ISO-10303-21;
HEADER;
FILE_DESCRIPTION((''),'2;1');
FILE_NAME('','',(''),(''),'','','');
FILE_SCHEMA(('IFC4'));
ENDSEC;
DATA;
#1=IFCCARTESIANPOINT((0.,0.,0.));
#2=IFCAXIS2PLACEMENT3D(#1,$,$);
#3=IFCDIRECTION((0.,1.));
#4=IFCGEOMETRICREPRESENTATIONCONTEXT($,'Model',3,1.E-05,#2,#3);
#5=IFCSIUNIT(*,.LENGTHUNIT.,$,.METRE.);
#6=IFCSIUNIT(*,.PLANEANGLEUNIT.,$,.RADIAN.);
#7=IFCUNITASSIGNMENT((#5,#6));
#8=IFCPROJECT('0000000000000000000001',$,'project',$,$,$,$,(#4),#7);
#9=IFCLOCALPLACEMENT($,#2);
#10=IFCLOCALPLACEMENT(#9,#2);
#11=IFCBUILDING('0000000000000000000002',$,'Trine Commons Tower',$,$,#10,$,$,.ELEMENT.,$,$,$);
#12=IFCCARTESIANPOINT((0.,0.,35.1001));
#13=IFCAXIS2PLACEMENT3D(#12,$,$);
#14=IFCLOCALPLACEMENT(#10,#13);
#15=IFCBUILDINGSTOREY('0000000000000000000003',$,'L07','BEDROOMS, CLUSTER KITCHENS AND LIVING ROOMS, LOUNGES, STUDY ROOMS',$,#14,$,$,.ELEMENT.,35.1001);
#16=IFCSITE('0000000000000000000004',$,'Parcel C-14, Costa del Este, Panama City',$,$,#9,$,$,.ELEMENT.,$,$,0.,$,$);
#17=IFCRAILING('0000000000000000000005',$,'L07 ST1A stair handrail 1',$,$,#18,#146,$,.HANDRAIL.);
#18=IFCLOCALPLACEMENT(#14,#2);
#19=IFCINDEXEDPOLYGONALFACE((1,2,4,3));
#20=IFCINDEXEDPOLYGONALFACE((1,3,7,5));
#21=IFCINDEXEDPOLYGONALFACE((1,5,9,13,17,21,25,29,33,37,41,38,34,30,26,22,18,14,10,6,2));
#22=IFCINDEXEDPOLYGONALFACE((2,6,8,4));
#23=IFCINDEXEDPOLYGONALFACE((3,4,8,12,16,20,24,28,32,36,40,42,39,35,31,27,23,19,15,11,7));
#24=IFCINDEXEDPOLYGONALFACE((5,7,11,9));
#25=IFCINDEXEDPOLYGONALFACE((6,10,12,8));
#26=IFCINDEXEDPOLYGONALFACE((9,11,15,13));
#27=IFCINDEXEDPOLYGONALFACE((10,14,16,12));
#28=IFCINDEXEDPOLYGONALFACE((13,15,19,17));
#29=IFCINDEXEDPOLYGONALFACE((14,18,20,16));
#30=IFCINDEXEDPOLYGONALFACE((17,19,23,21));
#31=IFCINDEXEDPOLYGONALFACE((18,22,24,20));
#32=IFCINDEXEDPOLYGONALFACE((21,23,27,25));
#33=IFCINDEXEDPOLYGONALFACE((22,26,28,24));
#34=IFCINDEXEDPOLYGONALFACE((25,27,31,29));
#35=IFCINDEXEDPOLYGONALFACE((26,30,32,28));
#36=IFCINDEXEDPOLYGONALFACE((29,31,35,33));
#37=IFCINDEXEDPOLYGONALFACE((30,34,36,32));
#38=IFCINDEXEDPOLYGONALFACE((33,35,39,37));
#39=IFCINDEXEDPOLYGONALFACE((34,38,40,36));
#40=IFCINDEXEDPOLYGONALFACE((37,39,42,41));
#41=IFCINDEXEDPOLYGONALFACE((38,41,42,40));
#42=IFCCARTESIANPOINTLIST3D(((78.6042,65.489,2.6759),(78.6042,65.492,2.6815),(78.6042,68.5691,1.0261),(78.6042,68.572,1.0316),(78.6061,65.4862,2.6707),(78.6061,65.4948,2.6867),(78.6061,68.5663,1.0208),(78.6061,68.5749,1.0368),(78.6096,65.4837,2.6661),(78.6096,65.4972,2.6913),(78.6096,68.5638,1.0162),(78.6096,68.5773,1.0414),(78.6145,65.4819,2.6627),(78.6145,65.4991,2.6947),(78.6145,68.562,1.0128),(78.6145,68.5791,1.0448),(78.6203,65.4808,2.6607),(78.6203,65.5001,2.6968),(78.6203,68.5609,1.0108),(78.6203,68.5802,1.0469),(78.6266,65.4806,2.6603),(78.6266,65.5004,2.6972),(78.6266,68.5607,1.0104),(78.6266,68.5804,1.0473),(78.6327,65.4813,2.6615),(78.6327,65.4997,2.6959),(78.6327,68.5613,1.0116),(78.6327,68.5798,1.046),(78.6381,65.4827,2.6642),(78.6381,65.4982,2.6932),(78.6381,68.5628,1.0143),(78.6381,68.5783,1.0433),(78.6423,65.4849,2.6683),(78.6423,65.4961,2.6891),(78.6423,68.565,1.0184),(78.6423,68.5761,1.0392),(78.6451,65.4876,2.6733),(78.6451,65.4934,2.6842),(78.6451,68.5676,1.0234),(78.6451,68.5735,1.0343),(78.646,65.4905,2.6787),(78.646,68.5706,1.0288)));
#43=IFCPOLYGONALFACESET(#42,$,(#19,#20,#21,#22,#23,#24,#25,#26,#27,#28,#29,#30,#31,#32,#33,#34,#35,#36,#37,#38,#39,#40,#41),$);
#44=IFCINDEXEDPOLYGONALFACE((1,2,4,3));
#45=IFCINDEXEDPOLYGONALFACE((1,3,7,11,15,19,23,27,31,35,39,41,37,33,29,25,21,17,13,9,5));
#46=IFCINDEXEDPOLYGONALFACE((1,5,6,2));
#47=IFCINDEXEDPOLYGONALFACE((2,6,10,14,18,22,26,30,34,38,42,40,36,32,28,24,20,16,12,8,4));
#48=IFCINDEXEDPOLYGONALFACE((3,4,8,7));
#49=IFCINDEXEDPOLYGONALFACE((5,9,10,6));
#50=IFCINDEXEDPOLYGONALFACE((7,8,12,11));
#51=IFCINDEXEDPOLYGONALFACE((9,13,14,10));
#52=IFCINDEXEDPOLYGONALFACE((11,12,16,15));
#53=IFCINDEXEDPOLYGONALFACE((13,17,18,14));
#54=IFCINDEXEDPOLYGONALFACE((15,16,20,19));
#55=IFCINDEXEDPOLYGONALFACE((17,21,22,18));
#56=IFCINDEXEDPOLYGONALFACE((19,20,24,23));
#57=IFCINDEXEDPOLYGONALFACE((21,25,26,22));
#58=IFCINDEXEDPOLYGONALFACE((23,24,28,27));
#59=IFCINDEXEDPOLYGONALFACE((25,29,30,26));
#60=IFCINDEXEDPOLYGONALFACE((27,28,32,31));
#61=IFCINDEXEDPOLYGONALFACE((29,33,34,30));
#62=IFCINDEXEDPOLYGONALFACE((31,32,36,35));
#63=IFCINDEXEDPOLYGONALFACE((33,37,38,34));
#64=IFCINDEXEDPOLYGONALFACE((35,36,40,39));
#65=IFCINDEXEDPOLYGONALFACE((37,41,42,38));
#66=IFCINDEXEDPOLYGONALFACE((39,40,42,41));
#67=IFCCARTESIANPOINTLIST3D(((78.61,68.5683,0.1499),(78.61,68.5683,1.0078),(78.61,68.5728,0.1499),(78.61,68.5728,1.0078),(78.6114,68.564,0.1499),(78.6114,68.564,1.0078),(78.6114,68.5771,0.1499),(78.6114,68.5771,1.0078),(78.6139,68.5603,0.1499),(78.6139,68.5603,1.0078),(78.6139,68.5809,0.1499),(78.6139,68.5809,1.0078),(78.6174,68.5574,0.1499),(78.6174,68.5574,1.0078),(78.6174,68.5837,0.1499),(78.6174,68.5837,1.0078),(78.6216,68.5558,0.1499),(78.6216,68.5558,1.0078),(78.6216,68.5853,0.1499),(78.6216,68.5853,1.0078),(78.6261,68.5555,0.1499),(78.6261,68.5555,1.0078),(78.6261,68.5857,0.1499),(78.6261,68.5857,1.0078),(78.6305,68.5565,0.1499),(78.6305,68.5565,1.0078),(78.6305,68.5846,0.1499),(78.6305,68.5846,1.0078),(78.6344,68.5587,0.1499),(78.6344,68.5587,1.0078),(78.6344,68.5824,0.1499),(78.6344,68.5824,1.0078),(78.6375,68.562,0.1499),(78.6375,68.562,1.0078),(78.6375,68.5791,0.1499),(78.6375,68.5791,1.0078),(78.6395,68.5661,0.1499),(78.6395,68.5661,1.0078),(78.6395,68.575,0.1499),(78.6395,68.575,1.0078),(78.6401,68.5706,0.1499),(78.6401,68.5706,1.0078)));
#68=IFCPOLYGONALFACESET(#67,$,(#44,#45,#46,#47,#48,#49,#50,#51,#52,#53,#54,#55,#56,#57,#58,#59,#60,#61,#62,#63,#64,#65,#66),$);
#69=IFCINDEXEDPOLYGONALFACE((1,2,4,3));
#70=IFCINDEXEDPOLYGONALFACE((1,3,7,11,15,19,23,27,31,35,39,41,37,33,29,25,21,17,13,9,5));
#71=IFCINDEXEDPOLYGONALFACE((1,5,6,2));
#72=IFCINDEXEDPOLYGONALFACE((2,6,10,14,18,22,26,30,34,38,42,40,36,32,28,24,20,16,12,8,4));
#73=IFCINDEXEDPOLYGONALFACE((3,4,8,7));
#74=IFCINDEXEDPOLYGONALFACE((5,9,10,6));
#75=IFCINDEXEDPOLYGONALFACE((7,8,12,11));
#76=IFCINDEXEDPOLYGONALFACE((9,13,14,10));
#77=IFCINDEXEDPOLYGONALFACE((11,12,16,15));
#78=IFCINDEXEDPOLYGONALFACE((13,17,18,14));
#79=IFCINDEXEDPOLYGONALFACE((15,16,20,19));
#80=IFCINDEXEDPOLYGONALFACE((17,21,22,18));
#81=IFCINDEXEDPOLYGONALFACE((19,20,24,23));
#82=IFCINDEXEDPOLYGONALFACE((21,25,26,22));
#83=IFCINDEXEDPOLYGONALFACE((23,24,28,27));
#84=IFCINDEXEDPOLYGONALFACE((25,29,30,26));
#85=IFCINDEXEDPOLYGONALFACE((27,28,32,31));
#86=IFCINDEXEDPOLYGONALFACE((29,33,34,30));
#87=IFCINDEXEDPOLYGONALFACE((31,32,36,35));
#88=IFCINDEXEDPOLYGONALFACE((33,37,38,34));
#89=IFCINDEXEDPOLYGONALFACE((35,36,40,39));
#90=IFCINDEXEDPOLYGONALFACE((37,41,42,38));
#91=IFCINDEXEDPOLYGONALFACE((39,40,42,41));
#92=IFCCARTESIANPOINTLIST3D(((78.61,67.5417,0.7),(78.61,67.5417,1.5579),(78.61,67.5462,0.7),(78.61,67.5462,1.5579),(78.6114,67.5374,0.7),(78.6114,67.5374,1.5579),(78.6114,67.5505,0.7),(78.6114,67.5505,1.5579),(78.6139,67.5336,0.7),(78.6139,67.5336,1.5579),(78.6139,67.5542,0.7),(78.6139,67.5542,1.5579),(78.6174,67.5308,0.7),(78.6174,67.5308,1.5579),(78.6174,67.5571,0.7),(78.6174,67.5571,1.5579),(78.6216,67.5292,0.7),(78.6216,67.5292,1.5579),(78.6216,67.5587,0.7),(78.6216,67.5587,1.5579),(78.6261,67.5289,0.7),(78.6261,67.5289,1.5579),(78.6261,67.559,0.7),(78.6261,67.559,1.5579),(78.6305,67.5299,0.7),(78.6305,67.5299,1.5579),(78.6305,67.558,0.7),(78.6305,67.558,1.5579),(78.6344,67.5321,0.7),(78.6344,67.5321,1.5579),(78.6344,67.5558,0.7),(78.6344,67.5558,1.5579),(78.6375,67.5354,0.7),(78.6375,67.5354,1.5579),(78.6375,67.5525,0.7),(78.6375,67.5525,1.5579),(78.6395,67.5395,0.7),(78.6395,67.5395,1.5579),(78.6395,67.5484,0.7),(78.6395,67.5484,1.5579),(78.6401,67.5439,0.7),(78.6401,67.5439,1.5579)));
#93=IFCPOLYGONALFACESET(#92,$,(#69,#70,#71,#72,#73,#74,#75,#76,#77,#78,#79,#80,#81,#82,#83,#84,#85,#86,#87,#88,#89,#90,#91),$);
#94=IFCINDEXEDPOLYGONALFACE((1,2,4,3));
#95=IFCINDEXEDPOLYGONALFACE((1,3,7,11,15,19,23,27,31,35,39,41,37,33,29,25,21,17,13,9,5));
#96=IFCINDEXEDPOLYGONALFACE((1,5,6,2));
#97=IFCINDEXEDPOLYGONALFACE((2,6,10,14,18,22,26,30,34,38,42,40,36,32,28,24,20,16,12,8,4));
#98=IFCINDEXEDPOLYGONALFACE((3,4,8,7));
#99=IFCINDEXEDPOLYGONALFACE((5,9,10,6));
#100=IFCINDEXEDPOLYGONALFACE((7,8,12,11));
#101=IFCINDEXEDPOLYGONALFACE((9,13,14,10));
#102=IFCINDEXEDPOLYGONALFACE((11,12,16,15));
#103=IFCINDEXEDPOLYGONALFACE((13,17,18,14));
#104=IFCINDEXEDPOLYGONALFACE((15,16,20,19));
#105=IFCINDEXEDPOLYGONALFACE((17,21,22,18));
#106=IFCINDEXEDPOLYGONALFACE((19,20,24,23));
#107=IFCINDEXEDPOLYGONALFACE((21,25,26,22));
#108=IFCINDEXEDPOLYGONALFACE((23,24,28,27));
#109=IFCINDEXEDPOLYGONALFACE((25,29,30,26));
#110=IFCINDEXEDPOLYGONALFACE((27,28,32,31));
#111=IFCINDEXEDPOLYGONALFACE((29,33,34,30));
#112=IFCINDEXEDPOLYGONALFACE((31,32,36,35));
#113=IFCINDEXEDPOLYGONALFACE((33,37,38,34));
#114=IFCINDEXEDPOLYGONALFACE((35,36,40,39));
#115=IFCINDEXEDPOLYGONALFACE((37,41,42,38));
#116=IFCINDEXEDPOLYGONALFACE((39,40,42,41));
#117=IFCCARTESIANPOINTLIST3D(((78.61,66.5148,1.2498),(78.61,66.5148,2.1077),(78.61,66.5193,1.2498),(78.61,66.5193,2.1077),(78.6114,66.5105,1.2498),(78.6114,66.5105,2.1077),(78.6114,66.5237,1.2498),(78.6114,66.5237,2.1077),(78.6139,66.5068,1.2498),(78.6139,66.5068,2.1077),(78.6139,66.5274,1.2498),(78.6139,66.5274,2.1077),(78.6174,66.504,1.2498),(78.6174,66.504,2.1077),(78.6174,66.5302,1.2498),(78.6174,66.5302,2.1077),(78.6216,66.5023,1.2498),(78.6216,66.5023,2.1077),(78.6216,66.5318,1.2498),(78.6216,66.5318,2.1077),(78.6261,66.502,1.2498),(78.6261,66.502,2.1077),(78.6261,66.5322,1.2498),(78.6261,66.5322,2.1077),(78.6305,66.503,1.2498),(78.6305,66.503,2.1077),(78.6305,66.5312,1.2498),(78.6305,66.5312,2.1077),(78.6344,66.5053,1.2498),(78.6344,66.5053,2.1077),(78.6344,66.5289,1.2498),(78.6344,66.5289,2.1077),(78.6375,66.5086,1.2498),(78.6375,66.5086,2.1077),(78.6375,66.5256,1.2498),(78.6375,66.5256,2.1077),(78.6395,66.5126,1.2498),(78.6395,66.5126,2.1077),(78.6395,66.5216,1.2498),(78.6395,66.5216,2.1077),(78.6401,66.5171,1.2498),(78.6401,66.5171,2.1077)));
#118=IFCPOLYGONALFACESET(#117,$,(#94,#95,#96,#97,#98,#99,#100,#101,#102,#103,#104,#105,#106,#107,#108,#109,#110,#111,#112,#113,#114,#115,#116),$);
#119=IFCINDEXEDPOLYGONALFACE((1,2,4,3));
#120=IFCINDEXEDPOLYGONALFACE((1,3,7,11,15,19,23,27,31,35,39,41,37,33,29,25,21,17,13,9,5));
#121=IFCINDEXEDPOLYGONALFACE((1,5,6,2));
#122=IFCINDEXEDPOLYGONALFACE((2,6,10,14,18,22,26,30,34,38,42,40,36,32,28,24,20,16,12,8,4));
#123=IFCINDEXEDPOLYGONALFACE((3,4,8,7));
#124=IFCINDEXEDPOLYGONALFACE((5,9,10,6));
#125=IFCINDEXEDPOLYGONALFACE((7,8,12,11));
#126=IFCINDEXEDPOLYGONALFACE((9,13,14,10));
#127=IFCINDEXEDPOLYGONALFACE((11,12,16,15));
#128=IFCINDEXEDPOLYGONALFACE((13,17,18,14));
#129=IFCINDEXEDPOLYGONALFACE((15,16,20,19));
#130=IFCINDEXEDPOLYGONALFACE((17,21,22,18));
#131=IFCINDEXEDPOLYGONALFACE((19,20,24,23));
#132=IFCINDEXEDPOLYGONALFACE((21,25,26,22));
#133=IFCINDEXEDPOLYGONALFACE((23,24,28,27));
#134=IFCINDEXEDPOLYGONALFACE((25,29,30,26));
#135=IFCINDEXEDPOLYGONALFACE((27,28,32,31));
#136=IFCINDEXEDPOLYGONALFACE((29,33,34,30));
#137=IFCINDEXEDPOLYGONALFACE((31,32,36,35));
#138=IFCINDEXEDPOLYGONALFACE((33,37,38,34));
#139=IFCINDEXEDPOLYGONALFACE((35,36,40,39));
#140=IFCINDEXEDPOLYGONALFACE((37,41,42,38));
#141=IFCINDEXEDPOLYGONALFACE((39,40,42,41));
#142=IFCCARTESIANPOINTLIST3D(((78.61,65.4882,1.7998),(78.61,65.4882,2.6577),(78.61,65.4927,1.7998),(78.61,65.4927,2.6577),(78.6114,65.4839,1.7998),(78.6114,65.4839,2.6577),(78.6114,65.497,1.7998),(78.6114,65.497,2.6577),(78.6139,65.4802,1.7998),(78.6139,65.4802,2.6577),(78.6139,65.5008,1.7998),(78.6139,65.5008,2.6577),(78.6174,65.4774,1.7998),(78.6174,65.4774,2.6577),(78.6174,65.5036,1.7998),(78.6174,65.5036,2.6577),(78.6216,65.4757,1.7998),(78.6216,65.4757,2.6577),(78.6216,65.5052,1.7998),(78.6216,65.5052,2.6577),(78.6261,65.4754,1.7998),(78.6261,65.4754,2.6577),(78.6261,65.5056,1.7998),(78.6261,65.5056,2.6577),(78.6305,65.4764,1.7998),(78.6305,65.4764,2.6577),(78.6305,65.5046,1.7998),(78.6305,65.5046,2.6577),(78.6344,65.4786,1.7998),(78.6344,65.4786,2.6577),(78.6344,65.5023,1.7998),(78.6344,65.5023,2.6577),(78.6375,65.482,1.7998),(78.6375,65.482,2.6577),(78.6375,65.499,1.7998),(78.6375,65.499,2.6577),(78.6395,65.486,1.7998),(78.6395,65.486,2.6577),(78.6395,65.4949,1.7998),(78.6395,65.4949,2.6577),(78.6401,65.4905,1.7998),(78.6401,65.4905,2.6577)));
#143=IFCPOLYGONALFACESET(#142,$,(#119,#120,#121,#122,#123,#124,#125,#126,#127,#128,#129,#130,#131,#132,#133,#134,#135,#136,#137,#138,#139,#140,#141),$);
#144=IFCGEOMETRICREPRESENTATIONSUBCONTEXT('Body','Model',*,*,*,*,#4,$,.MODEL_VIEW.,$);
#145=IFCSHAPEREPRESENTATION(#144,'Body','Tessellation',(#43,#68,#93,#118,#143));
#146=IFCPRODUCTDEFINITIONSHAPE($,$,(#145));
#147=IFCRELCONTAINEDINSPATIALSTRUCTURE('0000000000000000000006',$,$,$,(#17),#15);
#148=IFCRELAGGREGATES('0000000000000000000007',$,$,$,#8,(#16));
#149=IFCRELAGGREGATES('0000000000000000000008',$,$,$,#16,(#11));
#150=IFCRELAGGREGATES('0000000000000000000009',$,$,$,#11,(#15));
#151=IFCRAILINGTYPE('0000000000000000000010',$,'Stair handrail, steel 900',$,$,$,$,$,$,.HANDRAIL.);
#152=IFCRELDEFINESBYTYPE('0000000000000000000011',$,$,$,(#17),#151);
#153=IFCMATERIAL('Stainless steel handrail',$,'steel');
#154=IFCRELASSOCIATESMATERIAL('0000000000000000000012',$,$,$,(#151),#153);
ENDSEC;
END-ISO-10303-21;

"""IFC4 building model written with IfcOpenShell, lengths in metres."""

from ifc_helpers import new_model, si_unit, direction, frame, origin, origin_2d, place, context, subcontext, project, spatial, circle, extrude, material, type_object, element, save


model = new_model("IFC4")

# Units and contexts
model_context = context("Model", 3, precision=1e-05, world=origin(), true_north=direction((0.0, 1.0)))
body_context = subcontext(model_context, "Body", "Model", "MODEL_VIEW")
ifc_project = project(units=[si_unit("LENGTHUNIT", "METRE"), si_unit("PLANEANGLEUNIT", "RADIAN")], contexts=[model_context])

# Site, building, storey
site_placement = place(None, origin())
site = spatial("IfcSite", under=ifc_project, at=site_placement, Name="Parcel C-14, Costa del Este, Panama City", CompositionType="ELEMENT", RefElevation=0.0)
building_placement = place(site_placement, origin())
building = spatial("IfcBuilding", under=site, at=building_placement, Name="Trine Commons Tower", CompositionType="ELEMENT")
storey_placement = place(building_placement, frame((0.0, 0.0, 35.1001)))
storey = spatial("IfcBuildingStorey", under=building, at=storey_placement, Name="L07", Description="BEDROOMS, CLUSTER KITCHENS AND LIVING ROOMS, LOUNGES, STUDY ROOMS", CompositionType="ELEMENT", Elevation=35.1001)

# Railing
ifc_material_1 = material(Name="Stainless steel handrail", Category="steel")
railing_type_1 = type_object("IfcRailingType", Name="Stair handrail, steel 900", PredefinedType="HANDRAIL", material=ifc_material_1)
railing_1_placement = place(storey_placement, frame((78.625, 68.5706, 0.1499)))
element("IfcRailing", 1, at=railing_1_placement, inside=storey, type_object=railing_type_1, Name="L07 ST1A stair handrail 1", PredefinedType="HANDRAIL", context=body_context, shape_type="SweptSolid", body=[
    extrude(circle(Radius=0.021, at=origin_2d()), frame((0.0, 0.0, 0.8789), z_axis=(0.0, -0.881497, 0.47219), x_axis=(1.0, 0.0, 0.0)), (0.0, 0.0, 1.0), 3.4941),
    extrude(circle(Radius=0.0151, at=origin_2d()), origin(), (0.0, 0.0, 1.0), 0.8579),
    extrude(circle(Radius=0.0151, at=origin_2d()), frame((0.0, -1.0266, 0.55)), (0.0, 0.0, 1.0), 0.8579),
    extrude(circle(Radius=0.0151, at=origin_2d()), frame((0.0, -2.0535, 1.0999)), (0.0, 0.0, 1.0), 0.8579),
    extrude(circle(Radius=0.0151, at=origin_2d()), frame((0.0, -3.0801, 1.6499)), (0.0, 0.0, 1.0), 0.8579),
])

save(model, "model.ifc")
